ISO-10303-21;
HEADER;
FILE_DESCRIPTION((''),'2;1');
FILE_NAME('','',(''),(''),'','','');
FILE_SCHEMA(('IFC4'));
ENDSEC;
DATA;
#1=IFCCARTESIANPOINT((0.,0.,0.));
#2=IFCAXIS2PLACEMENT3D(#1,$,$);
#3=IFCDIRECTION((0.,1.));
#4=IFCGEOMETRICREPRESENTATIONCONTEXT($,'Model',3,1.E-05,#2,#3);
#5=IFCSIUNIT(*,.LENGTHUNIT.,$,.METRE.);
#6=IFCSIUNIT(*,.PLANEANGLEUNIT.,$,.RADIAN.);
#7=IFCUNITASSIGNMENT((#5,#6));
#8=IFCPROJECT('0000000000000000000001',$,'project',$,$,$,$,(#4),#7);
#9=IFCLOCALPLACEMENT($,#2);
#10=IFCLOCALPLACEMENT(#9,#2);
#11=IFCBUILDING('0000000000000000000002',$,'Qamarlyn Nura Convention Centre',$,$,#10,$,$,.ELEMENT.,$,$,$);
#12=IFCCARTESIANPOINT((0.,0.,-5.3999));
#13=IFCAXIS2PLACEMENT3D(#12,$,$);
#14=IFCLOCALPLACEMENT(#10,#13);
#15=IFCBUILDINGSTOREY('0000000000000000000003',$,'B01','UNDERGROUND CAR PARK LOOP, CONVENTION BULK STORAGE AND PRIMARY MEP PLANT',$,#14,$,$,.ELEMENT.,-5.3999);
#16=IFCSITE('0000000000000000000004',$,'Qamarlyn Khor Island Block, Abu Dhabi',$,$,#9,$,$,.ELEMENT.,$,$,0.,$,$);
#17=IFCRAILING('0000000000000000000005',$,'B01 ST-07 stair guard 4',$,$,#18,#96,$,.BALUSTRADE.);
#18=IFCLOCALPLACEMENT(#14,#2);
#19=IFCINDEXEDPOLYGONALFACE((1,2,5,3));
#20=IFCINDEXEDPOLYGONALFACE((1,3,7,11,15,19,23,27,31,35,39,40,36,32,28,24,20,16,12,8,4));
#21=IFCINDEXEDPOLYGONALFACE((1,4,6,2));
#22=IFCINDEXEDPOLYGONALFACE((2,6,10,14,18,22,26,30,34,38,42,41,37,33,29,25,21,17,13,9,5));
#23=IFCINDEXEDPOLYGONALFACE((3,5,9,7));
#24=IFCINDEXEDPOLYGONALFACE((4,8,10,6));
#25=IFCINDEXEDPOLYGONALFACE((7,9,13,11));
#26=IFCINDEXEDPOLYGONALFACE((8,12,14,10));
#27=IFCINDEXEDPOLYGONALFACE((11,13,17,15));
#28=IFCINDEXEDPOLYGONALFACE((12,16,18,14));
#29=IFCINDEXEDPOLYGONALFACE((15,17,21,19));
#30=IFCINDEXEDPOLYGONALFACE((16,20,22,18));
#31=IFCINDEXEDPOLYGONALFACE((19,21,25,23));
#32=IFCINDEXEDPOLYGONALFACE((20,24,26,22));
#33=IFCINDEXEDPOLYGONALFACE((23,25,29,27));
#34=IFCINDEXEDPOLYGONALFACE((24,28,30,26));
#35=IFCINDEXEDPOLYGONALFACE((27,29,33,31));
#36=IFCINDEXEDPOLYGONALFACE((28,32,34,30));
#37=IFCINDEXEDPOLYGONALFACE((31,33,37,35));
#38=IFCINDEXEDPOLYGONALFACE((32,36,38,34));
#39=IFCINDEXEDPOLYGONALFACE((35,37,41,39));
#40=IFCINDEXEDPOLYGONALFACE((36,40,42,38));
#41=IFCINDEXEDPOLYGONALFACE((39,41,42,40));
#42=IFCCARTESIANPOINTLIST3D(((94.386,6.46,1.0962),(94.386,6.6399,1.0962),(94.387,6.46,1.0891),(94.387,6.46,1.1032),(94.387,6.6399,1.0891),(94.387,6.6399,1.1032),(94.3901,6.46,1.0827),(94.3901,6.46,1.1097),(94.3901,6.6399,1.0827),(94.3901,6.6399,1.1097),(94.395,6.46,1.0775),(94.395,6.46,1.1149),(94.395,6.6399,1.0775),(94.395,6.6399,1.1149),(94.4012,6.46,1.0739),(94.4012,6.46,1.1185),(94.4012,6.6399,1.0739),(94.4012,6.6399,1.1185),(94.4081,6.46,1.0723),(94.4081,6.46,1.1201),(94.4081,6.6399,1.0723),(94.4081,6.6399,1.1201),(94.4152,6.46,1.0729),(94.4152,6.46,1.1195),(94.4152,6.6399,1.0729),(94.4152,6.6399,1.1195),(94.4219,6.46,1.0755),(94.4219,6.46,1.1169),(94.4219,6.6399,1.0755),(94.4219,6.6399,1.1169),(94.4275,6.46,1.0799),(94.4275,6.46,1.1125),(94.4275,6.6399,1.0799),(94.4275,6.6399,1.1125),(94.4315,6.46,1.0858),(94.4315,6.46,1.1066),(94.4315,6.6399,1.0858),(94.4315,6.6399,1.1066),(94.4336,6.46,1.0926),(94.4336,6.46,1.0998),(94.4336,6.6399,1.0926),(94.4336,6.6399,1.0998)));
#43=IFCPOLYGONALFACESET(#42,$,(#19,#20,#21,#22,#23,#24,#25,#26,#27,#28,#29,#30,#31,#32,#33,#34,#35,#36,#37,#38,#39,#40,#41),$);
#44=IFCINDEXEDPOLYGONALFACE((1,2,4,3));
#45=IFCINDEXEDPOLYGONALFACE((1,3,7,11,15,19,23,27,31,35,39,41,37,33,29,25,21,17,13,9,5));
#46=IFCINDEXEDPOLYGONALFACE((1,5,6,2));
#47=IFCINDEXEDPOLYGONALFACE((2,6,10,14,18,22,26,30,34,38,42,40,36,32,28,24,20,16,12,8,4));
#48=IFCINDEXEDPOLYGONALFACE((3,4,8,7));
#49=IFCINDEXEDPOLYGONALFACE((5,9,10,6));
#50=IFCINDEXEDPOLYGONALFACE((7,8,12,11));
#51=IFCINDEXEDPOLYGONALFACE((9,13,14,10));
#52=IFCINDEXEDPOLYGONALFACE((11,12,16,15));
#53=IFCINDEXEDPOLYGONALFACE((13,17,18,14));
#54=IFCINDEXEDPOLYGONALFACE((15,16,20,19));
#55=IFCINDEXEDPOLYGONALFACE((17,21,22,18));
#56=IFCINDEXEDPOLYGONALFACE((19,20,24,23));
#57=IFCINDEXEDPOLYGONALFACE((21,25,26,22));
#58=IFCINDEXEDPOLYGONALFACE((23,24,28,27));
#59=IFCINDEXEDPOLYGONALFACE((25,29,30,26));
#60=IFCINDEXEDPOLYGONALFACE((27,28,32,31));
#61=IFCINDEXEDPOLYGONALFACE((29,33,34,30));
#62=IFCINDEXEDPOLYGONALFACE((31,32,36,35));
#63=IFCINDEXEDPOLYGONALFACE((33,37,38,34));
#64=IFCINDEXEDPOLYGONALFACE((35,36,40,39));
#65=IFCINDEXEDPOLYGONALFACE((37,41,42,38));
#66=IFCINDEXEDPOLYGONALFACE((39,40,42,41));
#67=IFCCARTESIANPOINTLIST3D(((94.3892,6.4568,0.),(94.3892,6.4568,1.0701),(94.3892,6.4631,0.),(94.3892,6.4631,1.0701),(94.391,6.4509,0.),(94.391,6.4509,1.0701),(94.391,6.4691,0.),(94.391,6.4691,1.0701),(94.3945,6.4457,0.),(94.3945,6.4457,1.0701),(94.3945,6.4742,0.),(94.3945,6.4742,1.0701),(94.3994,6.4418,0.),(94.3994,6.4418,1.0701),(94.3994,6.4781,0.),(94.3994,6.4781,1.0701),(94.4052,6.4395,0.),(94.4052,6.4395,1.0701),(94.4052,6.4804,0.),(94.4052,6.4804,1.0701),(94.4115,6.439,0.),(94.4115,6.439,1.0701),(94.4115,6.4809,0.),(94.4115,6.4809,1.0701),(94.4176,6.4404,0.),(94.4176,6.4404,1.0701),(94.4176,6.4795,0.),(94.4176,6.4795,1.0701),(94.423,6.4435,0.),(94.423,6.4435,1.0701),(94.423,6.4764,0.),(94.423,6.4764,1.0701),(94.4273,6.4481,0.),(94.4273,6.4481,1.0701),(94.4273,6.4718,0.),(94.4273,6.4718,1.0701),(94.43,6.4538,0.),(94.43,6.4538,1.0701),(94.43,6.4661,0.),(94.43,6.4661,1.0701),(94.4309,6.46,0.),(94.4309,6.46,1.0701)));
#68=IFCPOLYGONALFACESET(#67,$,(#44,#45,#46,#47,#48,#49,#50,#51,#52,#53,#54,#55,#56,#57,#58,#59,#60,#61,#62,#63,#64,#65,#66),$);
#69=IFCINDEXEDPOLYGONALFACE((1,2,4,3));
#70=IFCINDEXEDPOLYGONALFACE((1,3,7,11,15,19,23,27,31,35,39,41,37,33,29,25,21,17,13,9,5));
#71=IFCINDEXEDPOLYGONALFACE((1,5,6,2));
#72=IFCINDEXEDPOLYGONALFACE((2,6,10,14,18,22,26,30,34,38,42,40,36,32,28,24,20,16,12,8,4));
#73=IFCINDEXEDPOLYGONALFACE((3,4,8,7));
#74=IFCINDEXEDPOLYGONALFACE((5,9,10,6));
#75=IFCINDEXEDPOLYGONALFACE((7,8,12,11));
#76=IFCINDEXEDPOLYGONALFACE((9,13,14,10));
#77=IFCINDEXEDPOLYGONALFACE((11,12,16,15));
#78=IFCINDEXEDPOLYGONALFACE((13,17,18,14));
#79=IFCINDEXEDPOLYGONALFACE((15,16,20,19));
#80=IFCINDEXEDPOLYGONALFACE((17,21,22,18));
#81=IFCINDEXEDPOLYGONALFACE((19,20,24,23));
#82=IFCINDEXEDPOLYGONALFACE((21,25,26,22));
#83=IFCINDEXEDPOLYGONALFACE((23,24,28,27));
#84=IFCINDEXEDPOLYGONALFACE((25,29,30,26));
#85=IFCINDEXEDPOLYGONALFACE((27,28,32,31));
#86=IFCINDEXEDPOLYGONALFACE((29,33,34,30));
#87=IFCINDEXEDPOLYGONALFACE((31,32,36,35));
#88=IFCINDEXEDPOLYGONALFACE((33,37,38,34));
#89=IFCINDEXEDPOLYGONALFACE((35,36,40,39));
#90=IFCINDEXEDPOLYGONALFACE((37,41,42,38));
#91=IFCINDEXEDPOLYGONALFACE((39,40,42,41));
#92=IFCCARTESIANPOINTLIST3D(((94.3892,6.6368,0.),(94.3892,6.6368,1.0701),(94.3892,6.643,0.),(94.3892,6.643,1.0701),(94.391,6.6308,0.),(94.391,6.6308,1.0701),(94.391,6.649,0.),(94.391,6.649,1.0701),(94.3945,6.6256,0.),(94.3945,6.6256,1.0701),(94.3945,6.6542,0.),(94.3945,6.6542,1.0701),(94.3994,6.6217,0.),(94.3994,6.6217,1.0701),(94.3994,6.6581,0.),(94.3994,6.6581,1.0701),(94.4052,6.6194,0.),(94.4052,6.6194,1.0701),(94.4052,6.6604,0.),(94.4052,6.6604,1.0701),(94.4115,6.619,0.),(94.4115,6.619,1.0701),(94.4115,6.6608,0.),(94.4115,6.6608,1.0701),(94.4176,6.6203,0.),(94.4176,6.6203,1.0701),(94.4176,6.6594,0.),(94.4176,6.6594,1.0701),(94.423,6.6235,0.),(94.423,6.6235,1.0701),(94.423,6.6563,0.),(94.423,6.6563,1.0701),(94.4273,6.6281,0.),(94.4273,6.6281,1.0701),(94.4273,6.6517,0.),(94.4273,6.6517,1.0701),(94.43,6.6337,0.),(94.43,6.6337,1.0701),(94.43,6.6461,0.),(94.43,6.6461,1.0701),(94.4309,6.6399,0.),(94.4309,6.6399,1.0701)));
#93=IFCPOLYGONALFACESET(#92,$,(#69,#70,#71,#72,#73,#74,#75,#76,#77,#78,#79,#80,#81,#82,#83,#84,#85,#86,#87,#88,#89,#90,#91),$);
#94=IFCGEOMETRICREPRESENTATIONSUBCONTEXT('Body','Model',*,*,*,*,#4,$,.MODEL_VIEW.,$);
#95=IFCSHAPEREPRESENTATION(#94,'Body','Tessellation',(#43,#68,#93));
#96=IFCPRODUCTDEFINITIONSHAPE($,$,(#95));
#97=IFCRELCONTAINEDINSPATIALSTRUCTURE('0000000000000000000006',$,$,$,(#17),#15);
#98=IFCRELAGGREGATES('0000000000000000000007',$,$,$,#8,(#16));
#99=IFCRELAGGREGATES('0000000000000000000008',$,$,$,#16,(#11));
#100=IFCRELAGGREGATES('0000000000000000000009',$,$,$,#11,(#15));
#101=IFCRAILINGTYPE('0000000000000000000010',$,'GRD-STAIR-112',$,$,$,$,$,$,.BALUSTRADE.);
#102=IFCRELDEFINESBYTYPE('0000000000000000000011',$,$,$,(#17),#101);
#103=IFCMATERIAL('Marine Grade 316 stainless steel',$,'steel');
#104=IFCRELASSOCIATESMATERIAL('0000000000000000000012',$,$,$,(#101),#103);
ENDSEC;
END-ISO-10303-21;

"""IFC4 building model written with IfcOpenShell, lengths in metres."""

from ifc_helpers import new_model, si_unit, direction, frame, origin, origin_2d, place, context, subcontext, project, spatial, circle, extrude, material, type_object, element, save


model = new_model("IFC4")

# Units and contexts
model_context = context("Model", 3, precision=1e-05, world=origin(), true_north=direction((0.0, 1.0)))
body_context = subcontext(model_context, "Body", "Model", "MODEL_VIEW")
ifc_project = project(units=[si_unit("LENGTHUNIT", "METRE"), si_unit("PLANEANGLEUNIT", "RADIAN")], contexts=[model_context])

# Site, building, storey
site_placement = place(None, origin())
site = spatial("IfcSite", under=ifc_project, at=site_placement, Name="Qamarlyn Khor Island Block, Abu Dhabi", CompositionType="ELEMENT", RefElevation=0.0)
building_placement = place(site_placement, origin())
building = spatial("IfcBuilding", under=site, at=building_placement, Name="Qamarlyn Nura Convention Centre", CompositionType="ELEMENT")
storey_placement = place(building_placement, frame((0.0, 0.0, -5.3999)))
storey = spatial("IfcBuildingStorey", under=building, at=storey_placement, Name="B01", Description="UNDERGROUND CAR PARK LOOP, CONVENTION BULK STORAGE AND PRIMARY MEP PLANT", CompositionType="ELEMENT", Elevation=-5.3999)

# Railing
ifc_material_1 = material(Name="Marine Grade 316 stainless steel", Category="steel")
railing_type_1 = type_object("IfcRailingType", Name="GRD-STAIR-112", PredefinedType="BALUSTRADE", material=ifc_material_1)
railing_1_placement = place(storey_placement, frame((94.4099, 6.46, 0.0)))
element("IfcRailing", 1, at=railing_1_placement, inside=storey, type_object=railing_type_1, Name="B01 ST-07 stair guard 4", PredefinedType="BALUSTRADE", context=body_context, shape_type="SweptSolid", body=[
    extrude(circle(Radius=0.0239, at=origin_2d()), frame((0.0, 0.0, 1.0962), z_axis=(0.0, 1.0, 0.0), x_axis=(-1.0, 0.0, 0.0)), (0.0, 0.0, 1.0), 0.1799),
    extrude(circle(Radius=0.021, at=origin_2d()), origin(), (0.0, 0.0, 1.0), 1.0701),
    extrude(circle(Radius=0.021, at=origin_2d()), frame((0.0, 0.1799, 0.0)), (0.0, 0.0, 1.0), 1.0701),
])

save(model, "model.ifc")
